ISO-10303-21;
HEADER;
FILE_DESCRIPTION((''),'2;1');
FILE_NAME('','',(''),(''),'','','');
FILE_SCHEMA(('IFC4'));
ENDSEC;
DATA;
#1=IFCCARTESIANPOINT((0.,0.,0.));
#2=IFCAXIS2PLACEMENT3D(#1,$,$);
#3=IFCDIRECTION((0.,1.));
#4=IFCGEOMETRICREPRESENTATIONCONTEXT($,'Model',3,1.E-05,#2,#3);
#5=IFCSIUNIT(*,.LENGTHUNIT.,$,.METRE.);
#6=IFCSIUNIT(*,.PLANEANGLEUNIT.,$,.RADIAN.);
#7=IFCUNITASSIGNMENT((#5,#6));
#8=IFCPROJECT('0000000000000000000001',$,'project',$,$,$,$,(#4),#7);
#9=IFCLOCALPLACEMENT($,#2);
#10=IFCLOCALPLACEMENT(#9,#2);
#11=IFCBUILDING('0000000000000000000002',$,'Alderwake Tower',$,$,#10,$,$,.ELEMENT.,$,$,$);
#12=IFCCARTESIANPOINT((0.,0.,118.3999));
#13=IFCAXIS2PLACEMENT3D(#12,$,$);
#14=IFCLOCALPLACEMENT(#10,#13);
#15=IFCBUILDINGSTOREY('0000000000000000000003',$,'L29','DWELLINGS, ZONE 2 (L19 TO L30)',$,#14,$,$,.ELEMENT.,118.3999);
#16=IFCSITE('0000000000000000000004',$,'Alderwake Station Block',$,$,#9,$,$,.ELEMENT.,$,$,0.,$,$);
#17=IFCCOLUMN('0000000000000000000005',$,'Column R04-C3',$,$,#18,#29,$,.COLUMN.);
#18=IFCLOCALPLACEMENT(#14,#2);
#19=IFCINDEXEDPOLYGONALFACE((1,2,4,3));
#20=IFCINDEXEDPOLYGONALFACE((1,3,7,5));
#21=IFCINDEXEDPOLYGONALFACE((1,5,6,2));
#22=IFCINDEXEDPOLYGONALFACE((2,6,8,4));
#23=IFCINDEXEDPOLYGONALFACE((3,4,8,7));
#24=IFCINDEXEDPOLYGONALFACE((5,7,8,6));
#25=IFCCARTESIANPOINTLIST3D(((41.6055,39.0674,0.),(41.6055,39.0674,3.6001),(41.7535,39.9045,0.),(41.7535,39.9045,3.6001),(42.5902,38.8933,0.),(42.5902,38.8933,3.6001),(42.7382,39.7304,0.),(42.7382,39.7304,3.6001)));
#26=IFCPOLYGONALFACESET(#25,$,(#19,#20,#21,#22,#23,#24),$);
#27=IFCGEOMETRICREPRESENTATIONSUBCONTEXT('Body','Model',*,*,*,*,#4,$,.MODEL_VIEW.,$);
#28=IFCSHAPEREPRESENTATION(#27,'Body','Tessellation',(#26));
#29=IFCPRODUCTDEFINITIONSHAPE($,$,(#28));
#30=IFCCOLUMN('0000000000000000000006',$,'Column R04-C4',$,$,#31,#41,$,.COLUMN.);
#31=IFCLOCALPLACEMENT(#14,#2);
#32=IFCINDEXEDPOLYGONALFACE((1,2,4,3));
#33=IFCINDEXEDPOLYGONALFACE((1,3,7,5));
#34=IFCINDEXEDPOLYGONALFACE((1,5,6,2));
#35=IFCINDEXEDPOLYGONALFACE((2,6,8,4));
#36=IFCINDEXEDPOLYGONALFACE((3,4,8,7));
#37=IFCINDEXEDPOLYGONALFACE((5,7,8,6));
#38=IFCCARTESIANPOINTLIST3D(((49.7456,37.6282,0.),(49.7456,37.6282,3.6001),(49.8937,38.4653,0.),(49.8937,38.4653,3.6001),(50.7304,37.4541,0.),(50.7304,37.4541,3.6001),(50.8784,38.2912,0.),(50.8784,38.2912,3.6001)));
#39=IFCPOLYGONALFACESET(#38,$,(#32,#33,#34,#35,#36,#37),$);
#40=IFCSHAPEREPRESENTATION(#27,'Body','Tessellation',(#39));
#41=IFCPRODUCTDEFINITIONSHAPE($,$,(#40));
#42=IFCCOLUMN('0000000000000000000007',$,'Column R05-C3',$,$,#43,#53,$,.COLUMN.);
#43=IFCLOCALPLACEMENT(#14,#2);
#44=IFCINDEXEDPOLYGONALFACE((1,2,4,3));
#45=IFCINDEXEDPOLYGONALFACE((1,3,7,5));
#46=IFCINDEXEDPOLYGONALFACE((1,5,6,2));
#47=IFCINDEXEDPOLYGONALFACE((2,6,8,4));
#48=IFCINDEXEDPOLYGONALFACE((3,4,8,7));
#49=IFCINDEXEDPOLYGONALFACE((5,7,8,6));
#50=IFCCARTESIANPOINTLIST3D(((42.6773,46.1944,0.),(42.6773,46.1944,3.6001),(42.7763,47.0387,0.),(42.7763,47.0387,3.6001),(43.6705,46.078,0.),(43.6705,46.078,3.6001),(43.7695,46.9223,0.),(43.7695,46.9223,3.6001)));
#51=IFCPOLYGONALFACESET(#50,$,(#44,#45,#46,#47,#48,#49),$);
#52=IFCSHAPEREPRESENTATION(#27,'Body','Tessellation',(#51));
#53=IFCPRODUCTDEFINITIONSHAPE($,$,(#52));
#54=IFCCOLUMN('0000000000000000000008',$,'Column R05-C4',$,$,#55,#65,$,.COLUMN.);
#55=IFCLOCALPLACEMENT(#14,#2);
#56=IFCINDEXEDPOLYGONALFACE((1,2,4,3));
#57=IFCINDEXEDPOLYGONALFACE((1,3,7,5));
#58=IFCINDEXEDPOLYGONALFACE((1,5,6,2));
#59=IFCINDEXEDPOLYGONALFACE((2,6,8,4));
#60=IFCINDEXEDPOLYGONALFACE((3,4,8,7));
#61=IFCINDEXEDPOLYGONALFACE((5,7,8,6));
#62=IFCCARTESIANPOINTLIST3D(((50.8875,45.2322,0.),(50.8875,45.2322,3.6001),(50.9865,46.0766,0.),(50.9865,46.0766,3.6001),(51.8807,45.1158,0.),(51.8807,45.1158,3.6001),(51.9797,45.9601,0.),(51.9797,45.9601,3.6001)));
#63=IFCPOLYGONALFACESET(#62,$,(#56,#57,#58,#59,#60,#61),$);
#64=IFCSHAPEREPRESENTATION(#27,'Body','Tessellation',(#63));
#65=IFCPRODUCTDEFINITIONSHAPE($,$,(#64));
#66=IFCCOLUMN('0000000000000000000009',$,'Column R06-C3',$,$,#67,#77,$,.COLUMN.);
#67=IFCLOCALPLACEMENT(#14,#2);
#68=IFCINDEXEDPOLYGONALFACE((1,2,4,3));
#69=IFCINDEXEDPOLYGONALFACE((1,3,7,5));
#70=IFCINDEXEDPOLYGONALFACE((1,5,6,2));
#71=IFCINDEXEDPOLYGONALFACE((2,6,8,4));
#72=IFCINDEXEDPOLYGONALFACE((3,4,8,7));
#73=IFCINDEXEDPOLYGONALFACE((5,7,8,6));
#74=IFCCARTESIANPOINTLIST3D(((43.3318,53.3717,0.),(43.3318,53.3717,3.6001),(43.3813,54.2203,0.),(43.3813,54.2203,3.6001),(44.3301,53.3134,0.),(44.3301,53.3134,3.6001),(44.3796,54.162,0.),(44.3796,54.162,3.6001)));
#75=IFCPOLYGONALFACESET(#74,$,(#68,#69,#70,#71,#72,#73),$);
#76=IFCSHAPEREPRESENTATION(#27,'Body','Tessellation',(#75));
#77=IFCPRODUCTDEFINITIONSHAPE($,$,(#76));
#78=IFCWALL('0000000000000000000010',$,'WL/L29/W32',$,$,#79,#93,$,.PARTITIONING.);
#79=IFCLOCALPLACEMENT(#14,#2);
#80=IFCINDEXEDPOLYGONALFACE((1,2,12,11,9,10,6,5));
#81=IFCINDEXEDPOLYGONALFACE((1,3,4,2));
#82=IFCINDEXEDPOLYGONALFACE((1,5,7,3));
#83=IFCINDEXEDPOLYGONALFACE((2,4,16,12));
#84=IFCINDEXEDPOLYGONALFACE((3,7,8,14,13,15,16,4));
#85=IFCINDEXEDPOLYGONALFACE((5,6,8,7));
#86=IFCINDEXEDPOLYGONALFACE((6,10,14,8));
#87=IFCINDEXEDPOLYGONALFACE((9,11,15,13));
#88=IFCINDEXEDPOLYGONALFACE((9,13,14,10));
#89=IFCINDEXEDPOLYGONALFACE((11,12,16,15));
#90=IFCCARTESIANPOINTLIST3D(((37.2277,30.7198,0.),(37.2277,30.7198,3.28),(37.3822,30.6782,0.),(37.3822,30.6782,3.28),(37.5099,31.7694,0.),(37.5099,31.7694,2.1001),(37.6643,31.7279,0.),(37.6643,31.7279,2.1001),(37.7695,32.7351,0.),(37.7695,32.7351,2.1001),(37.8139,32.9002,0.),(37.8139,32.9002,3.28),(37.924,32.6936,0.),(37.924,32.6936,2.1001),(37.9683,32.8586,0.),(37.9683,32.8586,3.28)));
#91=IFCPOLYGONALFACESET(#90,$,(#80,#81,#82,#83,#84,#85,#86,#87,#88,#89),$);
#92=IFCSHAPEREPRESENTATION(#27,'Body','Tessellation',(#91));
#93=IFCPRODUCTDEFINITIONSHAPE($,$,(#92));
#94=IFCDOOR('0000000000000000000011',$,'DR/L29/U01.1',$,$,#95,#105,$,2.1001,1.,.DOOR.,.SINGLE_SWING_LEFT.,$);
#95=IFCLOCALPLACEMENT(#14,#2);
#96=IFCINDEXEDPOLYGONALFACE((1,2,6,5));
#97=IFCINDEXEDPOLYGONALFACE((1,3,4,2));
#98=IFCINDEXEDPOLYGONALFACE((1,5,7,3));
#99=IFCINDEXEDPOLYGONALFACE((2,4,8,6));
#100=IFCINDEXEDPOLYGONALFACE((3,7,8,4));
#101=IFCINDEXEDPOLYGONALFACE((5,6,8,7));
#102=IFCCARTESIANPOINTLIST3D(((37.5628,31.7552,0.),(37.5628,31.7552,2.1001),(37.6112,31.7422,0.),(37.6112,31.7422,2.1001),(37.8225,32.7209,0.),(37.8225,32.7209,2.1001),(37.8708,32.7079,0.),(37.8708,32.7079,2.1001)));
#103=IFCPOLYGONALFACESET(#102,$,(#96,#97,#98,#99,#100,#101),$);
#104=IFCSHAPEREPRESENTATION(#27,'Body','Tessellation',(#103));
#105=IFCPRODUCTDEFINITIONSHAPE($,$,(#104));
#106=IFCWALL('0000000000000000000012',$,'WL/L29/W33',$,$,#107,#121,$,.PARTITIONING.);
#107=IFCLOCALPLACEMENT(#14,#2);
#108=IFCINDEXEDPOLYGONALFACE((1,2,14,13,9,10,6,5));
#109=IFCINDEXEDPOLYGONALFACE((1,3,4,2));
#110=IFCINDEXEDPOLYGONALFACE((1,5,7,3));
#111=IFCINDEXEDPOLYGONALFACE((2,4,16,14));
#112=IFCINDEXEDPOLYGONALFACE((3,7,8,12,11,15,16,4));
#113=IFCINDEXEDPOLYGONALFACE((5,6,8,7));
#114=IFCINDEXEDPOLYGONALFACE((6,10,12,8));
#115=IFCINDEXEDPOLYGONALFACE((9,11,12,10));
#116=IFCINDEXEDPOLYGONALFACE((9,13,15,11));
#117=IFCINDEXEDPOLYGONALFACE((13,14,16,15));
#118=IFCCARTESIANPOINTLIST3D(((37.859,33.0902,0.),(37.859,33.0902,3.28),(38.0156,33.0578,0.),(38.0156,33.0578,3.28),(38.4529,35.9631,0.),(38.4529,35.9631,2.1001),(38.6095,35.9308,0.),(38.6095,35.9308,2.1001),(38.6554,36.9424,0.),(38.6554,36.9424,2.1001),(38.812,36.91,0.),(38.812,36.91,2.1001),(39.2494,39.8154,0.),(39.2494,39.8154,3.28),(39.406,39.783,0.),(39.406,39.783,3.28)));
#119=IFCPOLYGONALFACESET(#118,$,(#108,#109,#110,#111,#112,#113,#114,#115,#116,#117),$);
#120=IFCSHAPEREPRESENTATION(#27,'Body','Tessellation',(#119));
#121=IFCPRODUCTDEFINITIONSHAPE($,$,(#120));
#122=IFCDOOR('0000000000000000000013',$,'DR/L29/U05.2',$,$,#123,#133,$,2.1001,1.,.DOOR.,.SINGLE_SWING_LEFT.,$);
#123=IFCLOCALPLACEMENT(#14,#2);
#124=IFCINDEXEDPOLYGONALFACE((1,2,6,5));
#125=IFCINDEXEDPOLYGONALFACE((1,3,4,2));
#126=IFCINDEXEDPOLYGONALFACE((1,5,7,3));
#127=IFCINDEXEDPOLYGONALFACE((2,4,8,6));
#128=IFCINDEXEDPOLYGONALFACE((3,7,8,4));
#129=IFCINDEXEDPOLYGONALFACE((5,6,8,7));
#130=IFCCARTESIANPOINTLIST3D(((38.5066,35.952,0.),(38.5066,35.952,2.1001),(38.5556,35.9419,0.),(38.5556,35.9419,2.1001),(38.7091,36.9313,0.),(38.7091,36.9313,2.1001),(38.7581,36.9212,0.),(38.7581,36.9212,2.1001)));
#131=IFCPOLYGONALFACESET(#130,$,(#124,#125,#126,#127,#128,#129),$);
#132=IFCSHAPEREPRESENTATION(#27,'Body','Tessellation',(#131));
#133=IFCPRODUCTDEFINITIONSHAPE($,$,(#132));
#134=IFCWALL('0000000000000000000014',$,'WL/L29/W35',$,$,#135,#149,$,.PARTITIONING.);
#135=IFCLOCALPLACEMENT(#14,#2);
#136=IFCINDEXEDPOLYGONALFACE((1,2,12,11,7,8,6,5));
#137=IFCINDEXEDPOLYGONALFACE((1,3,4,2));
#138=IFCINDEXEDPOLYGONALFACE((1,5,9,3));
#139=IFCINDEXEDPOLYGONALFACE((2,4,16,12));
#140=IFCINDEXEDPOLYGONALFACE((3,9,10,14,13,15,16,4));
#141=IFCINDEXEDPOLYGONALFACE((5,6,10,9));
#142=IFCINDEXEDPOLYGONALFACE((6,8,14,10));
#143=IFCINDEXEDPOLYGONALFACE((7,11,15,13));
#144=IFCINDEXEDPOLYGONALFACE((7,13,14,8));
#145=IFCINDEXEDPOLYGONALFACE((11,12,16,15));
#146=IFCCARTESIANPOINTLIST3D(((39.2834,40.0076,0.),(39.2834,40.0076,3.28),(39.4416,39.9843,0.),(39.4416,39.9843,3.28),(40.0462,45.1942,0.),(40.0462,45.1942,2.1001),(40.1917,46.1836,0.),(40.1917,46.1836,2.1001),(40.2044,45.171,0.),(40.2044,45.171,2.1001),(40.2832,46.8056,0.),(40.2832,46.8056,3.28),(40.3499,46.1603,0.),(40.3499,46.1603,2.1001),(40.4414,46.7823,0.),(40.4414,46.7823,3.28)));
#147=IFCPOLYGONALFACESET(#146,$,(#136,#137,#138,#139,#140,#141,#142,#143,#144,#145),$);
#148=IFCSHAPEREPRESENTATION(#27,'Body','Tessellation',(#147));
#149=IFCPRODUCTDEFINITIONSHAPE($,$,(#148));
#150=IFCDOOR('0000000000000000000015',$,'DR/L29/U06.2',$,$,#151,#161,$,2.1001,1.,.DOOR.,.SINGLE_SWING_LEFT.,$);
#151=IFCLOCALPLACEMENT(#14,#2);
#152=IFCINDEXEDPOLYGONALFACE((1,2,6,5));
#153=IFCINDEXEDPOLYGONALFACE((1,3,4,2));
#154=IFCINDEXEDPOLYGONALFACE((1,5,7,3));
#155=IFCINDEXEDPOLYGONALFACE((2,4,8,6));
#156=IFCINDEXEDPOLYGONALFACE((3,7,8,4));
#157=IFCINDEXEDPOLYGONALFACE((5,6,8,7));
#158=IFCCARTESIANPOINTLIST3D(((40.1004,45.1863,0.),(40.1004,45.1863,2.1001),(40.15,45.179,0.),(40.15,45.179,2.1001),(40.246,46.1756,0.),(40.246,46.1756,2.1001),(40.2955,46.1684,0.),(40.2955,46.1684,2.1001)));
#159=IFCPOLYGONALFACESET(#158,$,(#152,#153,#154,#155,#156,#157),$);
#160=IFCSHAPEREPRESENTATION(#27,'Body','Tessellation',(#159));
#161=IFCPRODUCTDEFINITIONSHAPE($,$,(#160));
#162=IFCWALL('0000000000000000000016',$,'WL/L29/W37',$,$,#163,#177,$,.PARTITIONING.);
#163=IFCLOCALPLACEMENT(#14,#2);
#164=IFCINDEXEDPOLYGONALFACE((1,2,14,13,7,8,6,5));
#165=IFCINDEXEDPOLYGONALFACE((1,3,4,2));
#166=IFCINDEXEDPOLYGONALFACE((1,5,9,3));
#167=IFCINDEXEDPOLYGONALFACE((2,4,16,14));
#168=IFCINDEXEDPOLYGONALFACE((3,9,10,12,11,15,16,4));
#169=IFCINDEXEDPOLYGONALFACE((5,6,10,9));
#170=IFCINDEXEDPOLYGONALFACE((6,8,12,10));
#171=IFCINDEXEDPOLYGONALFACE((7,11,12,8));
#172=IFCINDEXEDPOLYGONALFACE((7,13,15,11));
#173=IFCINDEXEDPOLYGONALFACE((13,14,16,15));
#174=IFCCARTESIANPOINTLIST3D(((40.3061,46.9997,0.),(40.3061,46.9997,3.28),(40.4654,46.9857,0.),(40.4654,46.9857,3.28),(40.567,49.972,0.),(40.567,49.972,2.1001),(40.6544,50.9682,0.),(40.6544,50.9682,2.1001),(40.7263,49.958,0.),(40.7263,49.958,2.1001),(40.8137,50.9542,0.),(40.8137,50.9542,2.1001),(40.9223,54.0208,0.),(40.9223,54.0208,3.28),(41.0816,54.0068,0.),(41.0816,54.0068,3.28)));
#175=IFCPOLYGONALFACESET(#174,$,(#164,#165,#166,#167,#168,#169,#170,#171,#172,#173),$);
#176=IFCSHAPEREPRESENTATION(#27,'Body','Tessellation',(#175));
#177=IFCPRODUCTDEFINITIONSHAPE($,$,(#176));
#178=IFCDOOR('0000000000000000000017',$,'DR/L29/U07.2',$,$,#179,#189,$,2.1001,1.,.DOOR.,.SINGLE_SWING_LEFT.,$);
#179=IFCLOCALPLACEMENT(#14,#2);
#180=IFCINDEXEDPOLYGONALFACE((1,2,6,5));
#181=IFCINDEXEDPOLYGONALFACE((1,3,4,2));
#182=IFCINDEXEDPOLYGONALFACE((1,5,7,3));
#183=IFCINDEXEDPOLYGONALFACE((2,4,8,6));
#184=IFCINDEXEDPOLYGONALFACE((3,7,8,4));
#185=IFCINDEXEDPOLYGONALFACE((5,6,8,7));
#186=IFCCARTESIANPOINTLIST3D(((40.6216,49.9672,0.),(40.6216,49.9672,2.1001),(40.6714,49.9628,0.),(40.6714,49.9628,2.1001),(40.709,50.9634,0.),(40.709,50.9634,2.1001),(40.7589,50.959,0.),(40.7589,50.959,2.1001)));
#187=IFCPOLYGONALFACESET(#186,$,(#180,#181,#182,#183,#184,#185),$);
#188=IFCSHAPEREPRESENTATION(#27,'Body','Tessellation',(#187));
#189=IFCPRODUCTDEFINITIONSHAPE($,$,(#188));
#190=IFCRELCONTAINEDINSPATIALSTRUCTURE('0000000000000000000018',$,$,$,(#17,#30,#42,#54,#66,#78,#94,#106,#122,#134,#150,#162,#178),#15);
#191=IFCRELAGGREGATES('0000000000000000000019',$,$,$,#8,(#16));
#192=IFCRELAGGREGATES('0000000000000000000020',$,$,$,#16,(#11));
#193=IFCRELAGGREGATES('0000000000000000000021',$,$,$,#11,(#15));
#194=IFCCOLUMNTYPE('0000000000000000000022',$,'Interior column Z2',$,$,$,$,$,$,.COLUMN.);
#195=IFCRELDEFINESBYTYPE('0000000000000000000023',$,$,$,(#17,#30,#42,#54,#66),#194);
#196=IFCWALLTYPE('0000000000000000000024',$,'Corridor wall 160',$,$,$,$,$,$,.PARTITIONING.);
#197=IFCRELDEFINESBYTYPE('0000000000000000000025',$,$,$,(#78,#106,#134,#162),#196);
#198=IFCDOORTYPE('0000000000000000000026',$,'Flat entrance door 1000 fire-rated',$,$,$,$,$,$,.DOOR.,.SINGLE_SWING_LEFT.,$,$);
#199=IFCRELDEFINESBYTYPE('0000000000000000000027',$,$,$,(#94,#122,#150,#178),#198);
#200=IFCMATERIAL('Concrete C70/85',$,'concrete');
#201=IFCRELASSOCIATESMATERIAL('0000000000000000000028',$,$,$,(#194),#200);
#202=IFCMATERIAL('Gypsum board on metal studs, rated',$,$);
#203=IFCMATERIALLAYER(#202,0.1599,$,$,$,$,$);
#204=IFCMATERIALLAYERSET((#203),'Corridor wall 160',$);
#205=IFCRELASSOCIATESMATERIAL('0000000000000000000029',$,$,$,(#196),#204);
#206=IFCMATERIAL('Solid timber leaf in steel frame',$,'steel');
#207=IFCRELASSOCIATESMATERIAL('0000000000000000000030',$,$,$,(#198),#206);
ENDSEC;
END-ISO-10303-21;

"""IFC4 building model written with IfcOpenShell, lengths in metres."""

from ifc_helpers import new_model, si_unit, direction, frame, frame_2d, origin, origin_2d, place, context, subcontext, project, spatial, rectangle, extrude, material, layer, layer_set, material_profile, profile_set, type_object, element, fill, save


model = new_model("IFC4")

# Units and contexts
model_context = context("Model", 3, precision=1e-05, world=origin(), true_north=direction((0.0, 1.0)))
body_context = subcontext(model_context, "Body", "Model", "MODEL_VIEW")
ifc_project = project(units=[si_unit("LENGTHUNIT", "METRE"), si_unit("PLANEANGLEUNIT", "RADIAN")], contexts=[model_context])

# Site, building, storey
site_placement = place(None, origin())
site = spatial("IfcSite", under=ifc_project, at=site_placement, Name="Alderwake Station Block", CompositionType="ELEMENT", RefElevation=0.0)
building_placement = place(site_placement, origin())
building = spatial("IfcBuilding", under=site, at=building_placement, Name="Alderwake Tower", CompositionType="ELEMENT")
storey_placement = place(building_placement, frame((0.0, 0.0, 118.3999)))
storey = spatial("IfcBuildingStorey", under=building, at=storey_placement, Name="L29", Description="DWELLINGS, ZONE 2 (L19 TO L30)", CompositionType="ELEMENT", Elevation=118.3999)

# Columns
ifc_material_1 = material(Name="Concrete C70/85", Category="concrete")
ifc_material_profile = material_profile(ifc_material_1, rectangle(XDim=0.8501, YDim=1.0, at=origin_2d()), Name="RC 1000X850")
ifc_profile_set = profile_set([ifc_material_profile], Name="Concrete C70/85")
column_type = type_object("IfcColumnType", Name="Interior column Z2", PredefinedType="COLUMN", material=ifc_profile_set)
for number, where, z_axis, x_axis, name in (
    (1, (42.1719, 39.3989, 0.0), (0.0, 0.0, 1.0), (0.174107, 0.984727, 0.0), "Column R04-C3"),
    (2, (50.312, 37.9597, 0.0), (0.0, 0.0, 1.0), (0.174109, 0.984726, 0.0), "Column R04-C4"),
    (3, (43.2234, 46.5583, 0.0), (0.0, 0.0, 1.0), (0.116402, 0.993202, 0.0), "Column R05-C3"),
    (4, (51.4336, 45.5962, 0.0), (0.0, 0.0, 1.0), (0.116402, 0.993202, 0.0), "Column R05-C4"),
    (5, (43.8557, 53.7668, 0.0), (0.0, 0.0, 1.0), (0.058299, 0.998299, 0.0), "Column R06-C3"),
):
    element("IfcColumn", number, at=place(storey_placement, frame(where, z_axis=z_axis, x_axis=x_axis)), inside=storey, type_object=column_type, Name=name, PredefinedType="COLUMN", context=body_context, shape_type="SweptSolid", body=[
        extrude(rectangle(XDim=0.8501, YDim=1.0, at=origin_2d()), origin(), (0.0, 0.0, 1.0), 3.6001),
    ])

# Walls, openings, doors
ifc_material_2 = material(Name="Gypsum board on metal studs, rated")
ifc_layer_1 = layer(ifc_material_2, 0.1599)
ifc_layer_set_1 = layer_set([ifc_layer_1], Name="Corridor wall 160")
wall_type_1 = type_object("IfcWallType", Name="Corridor wall 160", PredefinedType="PARTITIONING", material=ifc_layer_set_1)
wall_1_placement = place(storey_placement, frame((37.8911, 32.8794, 0.0), z_axis=(0.0, 0.0, 1.0), x_axis=(-0.259621, -0.965711, 0.0)))
wall_1 = element("IfcWall", 6, at=wall_1_placement, inside=storey, type_object=wall_type_1, Name="WL/L29/W32", PredefinedType="PARTITIONING", context=body_context, shape_type="SweptSolid", body=[
    extrude(rectangle(XDim=2.2578, YDim=0.1599, at=frame_2d((1.1289, 0.0))), origin(), (0.0, 0.0, 1.0), 3.28),
])
opening_1_placement = place(wall_1_placement, frame((0.1709, 0.0, 0.0)))
opening_1 = element("IfcOpeningElement", 7, at=opening_1_placement, cuts=wall_1, PredefinedType="OPENING", context=body_context, shape_type="SweptSolid", body=[
    extrude(rectangle(XDim=1.0, YDim=2.1001, at=frame_2d((0.5, 1.05))), frame((0.0, 0.0898, 0.0), z_axis=(0.0, -1.0, 0.0), x_axis=(1.0, 0.0, 0.0)), (0.0, 0.0, 1.0), 0.1799),
])
ifc_material_3 = material(Name="Solid timber leaf in steel frame", Category="steel")
door_type_1 = type_object("IfcDoorType", Name="Flat entrance door 1000 fire-rated", OperationType="SINGLE_SWING_LEFT", PredefinedType="DOOR", material=ifc_material_3)
door_1_placement = place(opening_1_placement, origin())
door_1 = element("IfcDoor", 8, at=door_1_placement, inside=storey, type_object=door_type_1, Name="DR/L29/U01.1", OperationType="SINGLE_SWING_LEFT", OverallHeight=2.1001, OverallWidth=1.0, PredefinedType="DOOR", context=body_context, shape_type="SweptSolid", body=[
    extrude(rectangle(XDim=1.0, YDim=2.1001, at=frame_2d((0.5, 1.05))), frame((0.0, 0.0249, 0.0), z_axis=(0.0, -1.0, 0.0), x_axis=(1.0, 0.0, 0.0)), (0.0, 0.0, 1.0), 0.05),
])
fill(opening_1, door_1)
wall_2_placement = place(storey_placement, frame((39.3276, 39.7991, 0.0), z_axis=(0.0, 0.0, 1.0), x_axis=(-0.202463, -0.97929, 0.0)))
wall_2 = element("IfcWall", 9, at=wall_2_placement, inside=storey, type_object=wall_type_1, Name="WL/L29/W33", PredefinedType="PARTITIONING", context=body_context, shape_type="SweptSolid", body=[
    extrude(rectangle(XDim=6.8674, YDim=0.1599, at=frame_2d((3.4336, 0.0))), origin(), (0.0, 0.0, 1.0), 3.28),
])
opening_2_placement = place(wall_2_placement, frame((2.9336, 0.0, 0.0)))
opening_2 = element("IfcOpeningElement", 10, at=opening_2_placement, cuts=wall_2, PredefinedType="OPENING", context=body_context, shape_type="SweptSolid", body=[
    extrude(rectangle(XDim=1.0, YDim=2.1001, at=frame_2d((0.5, 1.05))), frame((0.0, 0.0898, 0.0), z_axis=(0.0, -1.0, 0.0), x_axis=(1.0, 0.0, 0.0)), (0.0, 0.0, 1.0), 0.1799),
])
door_2_placement = place(opening_2_placement, origin())
door_2 = element("IfcDoor", 11, at=door_2_placement, inside=storey, type_object=door_type_1, Name="DR/L29/U05.2", OperationType="SINGLE_SWING_LEFT", OverallHeight=2.1001, OverallWidth=1.0, PredefinedType="DOOR", context=body_context, shape_type="SweptSolid", body=[
    extrude(rectangle(XDim=1.0, YDim=2.1001, at=frame_2d((0.5, 1.05))), frame((0.0, 0.0249, 0.0), z_axis=(0.0, -1.0, 0.0), x_axis=(1.0, 0.0, 0.0)), (0.0, 0.0, 1.0), 0.05),
])
fill(opening_2, door_2)
wall_3_placement = place(storey_placement, frame((40.3623, 46.7939, 0.0), z_axis=(0.0, 0.0, 1.0), x_axis=(-0.145504, -0.989358, 0.0)))
wall_3 = element("IfcWall", 12, at=wall_3_placement, inside=storey, type_object=wall_type_1, Name="WL/L29/W35", PredefinedType="PARTITIONING", context=body_context, shape_type="SweptSolid", body=[
    extrude(rectangle(XDim=6.8711, YDim=0.1599, at=frame_2d((3.4355, 0.0))), origin(), (0.0, 0.0, 1.0), 3.28),
])
opening_3_placement = place(wall_3_placement, frame((0.6287, 0.0, 0.0)))
opening_3 = element("IfcOpeningElement", 13, at=opening_3_placement, cuts=wall_3, PredefinedType="OPENING", context=body_context, shape_type="SweptSolid", body=[
    extrude(rectangle(XDim=1.0, YDim=2.1001, at=frame_2d((0.5, 1.05))), frame((0.0, 0.0898, 0.0), z_axis=(0.0, -1.0, 0.0), x_axis=(1.0, 0.0, 0.0)), (0.0, 0.0, 1.0), 0.1799),
])
door_3_placement = place(opening_3_placement, origin())
door_3 = element("IfcDoor", 14, at=door_3_placement, inside=storey, type_object=door_type_1, Name="DR/L29/U06.2", OperationType="SINGLE_SWING_LEFT", OverallHeight=2.1001, OverallWidth=1.0, PredefinedType="DOOR", context=body_context, shape_type="SweptSolid", body=[
    extrude(rectangle(XDim=1.0, YDim=2.1001, at=frame_2d((0.5, 1.05))), frame((0.0, 0.0249, 0.0), z_axis=(0.0, -1.0, 0.0), x_axis=(1.0, 0.0, 0.0)), (0.0, 0.0, 1.0), 0.05),
])
fill(opening_3, door_3)
wall_4_placement = place(storey_placement, frame((41.002, 54.0137, 0.0), z_axis=(0.0, 0.0, 1.0), x_axis=(-0.087431, -0.996171, 0.0)))
wall_4 = element("IfcWall", 15, at=wall_4_placement, inside=storey, type_object=wall_type_1, Name="WL/L29/W37", PredefinedType="PARTITIONING", context=body_context, shape_type="SweptSolid", body=[
    extrude(rectangle(XDim=7.0481, YDim=0.1599, at=frame_2d((3.5239, 0.0))), origin(), (0.0, 0.0, 1.0), 3.28),
])
opening_4_placement = place(wall_4_placement, frame((3.0642, 0.0, 0.0)))
opening_4 = element("IfcOpeningElement", 16, at=opening_4_placement, cuts=wall_4, PredefinedType="OPENING", context=body_context, shape_type="SweptSolid", body=[
    extrude(rectangle(XDim=1.0, YDim=2.1001, at=frame_2d((0.5, 1.05))), frame((0.0, 0.0898, 0.0), z_axis=(0.0, -1.0, 0.0), x_axis=(1.0, 0.0, 0.0)), (0.0, 0.0, 1.0), 0.1799),
])
door_4_placement = place(opening_4_placement, origin())
door_4 = element("IfcDoor", 17, at=door_4_placement, inside=storey, type_object=door_type_1, Name="DR/L29/U07.2", OperationType="SINGLE_SWING_LEFT", OverallHeight=2.1001, OverallWidth=1.0, PredefinedType="DOOR", context=body_context, shape_type="SweptSolid", body=[
    extrude(rectangle(XDim=1.0, YDim=2.1001, at=frame_2d((0.5, 1.05))), frame((0.0, 0.0249, 0.0), z_axis=(0.0, -1.0, 0.0), x_axis=(1.0, 0.0, 0.0)), (0.0, 0.0, 1.0), 0.05),
])
fill(opening_4, door_4)

save(model, "model.ifc")
